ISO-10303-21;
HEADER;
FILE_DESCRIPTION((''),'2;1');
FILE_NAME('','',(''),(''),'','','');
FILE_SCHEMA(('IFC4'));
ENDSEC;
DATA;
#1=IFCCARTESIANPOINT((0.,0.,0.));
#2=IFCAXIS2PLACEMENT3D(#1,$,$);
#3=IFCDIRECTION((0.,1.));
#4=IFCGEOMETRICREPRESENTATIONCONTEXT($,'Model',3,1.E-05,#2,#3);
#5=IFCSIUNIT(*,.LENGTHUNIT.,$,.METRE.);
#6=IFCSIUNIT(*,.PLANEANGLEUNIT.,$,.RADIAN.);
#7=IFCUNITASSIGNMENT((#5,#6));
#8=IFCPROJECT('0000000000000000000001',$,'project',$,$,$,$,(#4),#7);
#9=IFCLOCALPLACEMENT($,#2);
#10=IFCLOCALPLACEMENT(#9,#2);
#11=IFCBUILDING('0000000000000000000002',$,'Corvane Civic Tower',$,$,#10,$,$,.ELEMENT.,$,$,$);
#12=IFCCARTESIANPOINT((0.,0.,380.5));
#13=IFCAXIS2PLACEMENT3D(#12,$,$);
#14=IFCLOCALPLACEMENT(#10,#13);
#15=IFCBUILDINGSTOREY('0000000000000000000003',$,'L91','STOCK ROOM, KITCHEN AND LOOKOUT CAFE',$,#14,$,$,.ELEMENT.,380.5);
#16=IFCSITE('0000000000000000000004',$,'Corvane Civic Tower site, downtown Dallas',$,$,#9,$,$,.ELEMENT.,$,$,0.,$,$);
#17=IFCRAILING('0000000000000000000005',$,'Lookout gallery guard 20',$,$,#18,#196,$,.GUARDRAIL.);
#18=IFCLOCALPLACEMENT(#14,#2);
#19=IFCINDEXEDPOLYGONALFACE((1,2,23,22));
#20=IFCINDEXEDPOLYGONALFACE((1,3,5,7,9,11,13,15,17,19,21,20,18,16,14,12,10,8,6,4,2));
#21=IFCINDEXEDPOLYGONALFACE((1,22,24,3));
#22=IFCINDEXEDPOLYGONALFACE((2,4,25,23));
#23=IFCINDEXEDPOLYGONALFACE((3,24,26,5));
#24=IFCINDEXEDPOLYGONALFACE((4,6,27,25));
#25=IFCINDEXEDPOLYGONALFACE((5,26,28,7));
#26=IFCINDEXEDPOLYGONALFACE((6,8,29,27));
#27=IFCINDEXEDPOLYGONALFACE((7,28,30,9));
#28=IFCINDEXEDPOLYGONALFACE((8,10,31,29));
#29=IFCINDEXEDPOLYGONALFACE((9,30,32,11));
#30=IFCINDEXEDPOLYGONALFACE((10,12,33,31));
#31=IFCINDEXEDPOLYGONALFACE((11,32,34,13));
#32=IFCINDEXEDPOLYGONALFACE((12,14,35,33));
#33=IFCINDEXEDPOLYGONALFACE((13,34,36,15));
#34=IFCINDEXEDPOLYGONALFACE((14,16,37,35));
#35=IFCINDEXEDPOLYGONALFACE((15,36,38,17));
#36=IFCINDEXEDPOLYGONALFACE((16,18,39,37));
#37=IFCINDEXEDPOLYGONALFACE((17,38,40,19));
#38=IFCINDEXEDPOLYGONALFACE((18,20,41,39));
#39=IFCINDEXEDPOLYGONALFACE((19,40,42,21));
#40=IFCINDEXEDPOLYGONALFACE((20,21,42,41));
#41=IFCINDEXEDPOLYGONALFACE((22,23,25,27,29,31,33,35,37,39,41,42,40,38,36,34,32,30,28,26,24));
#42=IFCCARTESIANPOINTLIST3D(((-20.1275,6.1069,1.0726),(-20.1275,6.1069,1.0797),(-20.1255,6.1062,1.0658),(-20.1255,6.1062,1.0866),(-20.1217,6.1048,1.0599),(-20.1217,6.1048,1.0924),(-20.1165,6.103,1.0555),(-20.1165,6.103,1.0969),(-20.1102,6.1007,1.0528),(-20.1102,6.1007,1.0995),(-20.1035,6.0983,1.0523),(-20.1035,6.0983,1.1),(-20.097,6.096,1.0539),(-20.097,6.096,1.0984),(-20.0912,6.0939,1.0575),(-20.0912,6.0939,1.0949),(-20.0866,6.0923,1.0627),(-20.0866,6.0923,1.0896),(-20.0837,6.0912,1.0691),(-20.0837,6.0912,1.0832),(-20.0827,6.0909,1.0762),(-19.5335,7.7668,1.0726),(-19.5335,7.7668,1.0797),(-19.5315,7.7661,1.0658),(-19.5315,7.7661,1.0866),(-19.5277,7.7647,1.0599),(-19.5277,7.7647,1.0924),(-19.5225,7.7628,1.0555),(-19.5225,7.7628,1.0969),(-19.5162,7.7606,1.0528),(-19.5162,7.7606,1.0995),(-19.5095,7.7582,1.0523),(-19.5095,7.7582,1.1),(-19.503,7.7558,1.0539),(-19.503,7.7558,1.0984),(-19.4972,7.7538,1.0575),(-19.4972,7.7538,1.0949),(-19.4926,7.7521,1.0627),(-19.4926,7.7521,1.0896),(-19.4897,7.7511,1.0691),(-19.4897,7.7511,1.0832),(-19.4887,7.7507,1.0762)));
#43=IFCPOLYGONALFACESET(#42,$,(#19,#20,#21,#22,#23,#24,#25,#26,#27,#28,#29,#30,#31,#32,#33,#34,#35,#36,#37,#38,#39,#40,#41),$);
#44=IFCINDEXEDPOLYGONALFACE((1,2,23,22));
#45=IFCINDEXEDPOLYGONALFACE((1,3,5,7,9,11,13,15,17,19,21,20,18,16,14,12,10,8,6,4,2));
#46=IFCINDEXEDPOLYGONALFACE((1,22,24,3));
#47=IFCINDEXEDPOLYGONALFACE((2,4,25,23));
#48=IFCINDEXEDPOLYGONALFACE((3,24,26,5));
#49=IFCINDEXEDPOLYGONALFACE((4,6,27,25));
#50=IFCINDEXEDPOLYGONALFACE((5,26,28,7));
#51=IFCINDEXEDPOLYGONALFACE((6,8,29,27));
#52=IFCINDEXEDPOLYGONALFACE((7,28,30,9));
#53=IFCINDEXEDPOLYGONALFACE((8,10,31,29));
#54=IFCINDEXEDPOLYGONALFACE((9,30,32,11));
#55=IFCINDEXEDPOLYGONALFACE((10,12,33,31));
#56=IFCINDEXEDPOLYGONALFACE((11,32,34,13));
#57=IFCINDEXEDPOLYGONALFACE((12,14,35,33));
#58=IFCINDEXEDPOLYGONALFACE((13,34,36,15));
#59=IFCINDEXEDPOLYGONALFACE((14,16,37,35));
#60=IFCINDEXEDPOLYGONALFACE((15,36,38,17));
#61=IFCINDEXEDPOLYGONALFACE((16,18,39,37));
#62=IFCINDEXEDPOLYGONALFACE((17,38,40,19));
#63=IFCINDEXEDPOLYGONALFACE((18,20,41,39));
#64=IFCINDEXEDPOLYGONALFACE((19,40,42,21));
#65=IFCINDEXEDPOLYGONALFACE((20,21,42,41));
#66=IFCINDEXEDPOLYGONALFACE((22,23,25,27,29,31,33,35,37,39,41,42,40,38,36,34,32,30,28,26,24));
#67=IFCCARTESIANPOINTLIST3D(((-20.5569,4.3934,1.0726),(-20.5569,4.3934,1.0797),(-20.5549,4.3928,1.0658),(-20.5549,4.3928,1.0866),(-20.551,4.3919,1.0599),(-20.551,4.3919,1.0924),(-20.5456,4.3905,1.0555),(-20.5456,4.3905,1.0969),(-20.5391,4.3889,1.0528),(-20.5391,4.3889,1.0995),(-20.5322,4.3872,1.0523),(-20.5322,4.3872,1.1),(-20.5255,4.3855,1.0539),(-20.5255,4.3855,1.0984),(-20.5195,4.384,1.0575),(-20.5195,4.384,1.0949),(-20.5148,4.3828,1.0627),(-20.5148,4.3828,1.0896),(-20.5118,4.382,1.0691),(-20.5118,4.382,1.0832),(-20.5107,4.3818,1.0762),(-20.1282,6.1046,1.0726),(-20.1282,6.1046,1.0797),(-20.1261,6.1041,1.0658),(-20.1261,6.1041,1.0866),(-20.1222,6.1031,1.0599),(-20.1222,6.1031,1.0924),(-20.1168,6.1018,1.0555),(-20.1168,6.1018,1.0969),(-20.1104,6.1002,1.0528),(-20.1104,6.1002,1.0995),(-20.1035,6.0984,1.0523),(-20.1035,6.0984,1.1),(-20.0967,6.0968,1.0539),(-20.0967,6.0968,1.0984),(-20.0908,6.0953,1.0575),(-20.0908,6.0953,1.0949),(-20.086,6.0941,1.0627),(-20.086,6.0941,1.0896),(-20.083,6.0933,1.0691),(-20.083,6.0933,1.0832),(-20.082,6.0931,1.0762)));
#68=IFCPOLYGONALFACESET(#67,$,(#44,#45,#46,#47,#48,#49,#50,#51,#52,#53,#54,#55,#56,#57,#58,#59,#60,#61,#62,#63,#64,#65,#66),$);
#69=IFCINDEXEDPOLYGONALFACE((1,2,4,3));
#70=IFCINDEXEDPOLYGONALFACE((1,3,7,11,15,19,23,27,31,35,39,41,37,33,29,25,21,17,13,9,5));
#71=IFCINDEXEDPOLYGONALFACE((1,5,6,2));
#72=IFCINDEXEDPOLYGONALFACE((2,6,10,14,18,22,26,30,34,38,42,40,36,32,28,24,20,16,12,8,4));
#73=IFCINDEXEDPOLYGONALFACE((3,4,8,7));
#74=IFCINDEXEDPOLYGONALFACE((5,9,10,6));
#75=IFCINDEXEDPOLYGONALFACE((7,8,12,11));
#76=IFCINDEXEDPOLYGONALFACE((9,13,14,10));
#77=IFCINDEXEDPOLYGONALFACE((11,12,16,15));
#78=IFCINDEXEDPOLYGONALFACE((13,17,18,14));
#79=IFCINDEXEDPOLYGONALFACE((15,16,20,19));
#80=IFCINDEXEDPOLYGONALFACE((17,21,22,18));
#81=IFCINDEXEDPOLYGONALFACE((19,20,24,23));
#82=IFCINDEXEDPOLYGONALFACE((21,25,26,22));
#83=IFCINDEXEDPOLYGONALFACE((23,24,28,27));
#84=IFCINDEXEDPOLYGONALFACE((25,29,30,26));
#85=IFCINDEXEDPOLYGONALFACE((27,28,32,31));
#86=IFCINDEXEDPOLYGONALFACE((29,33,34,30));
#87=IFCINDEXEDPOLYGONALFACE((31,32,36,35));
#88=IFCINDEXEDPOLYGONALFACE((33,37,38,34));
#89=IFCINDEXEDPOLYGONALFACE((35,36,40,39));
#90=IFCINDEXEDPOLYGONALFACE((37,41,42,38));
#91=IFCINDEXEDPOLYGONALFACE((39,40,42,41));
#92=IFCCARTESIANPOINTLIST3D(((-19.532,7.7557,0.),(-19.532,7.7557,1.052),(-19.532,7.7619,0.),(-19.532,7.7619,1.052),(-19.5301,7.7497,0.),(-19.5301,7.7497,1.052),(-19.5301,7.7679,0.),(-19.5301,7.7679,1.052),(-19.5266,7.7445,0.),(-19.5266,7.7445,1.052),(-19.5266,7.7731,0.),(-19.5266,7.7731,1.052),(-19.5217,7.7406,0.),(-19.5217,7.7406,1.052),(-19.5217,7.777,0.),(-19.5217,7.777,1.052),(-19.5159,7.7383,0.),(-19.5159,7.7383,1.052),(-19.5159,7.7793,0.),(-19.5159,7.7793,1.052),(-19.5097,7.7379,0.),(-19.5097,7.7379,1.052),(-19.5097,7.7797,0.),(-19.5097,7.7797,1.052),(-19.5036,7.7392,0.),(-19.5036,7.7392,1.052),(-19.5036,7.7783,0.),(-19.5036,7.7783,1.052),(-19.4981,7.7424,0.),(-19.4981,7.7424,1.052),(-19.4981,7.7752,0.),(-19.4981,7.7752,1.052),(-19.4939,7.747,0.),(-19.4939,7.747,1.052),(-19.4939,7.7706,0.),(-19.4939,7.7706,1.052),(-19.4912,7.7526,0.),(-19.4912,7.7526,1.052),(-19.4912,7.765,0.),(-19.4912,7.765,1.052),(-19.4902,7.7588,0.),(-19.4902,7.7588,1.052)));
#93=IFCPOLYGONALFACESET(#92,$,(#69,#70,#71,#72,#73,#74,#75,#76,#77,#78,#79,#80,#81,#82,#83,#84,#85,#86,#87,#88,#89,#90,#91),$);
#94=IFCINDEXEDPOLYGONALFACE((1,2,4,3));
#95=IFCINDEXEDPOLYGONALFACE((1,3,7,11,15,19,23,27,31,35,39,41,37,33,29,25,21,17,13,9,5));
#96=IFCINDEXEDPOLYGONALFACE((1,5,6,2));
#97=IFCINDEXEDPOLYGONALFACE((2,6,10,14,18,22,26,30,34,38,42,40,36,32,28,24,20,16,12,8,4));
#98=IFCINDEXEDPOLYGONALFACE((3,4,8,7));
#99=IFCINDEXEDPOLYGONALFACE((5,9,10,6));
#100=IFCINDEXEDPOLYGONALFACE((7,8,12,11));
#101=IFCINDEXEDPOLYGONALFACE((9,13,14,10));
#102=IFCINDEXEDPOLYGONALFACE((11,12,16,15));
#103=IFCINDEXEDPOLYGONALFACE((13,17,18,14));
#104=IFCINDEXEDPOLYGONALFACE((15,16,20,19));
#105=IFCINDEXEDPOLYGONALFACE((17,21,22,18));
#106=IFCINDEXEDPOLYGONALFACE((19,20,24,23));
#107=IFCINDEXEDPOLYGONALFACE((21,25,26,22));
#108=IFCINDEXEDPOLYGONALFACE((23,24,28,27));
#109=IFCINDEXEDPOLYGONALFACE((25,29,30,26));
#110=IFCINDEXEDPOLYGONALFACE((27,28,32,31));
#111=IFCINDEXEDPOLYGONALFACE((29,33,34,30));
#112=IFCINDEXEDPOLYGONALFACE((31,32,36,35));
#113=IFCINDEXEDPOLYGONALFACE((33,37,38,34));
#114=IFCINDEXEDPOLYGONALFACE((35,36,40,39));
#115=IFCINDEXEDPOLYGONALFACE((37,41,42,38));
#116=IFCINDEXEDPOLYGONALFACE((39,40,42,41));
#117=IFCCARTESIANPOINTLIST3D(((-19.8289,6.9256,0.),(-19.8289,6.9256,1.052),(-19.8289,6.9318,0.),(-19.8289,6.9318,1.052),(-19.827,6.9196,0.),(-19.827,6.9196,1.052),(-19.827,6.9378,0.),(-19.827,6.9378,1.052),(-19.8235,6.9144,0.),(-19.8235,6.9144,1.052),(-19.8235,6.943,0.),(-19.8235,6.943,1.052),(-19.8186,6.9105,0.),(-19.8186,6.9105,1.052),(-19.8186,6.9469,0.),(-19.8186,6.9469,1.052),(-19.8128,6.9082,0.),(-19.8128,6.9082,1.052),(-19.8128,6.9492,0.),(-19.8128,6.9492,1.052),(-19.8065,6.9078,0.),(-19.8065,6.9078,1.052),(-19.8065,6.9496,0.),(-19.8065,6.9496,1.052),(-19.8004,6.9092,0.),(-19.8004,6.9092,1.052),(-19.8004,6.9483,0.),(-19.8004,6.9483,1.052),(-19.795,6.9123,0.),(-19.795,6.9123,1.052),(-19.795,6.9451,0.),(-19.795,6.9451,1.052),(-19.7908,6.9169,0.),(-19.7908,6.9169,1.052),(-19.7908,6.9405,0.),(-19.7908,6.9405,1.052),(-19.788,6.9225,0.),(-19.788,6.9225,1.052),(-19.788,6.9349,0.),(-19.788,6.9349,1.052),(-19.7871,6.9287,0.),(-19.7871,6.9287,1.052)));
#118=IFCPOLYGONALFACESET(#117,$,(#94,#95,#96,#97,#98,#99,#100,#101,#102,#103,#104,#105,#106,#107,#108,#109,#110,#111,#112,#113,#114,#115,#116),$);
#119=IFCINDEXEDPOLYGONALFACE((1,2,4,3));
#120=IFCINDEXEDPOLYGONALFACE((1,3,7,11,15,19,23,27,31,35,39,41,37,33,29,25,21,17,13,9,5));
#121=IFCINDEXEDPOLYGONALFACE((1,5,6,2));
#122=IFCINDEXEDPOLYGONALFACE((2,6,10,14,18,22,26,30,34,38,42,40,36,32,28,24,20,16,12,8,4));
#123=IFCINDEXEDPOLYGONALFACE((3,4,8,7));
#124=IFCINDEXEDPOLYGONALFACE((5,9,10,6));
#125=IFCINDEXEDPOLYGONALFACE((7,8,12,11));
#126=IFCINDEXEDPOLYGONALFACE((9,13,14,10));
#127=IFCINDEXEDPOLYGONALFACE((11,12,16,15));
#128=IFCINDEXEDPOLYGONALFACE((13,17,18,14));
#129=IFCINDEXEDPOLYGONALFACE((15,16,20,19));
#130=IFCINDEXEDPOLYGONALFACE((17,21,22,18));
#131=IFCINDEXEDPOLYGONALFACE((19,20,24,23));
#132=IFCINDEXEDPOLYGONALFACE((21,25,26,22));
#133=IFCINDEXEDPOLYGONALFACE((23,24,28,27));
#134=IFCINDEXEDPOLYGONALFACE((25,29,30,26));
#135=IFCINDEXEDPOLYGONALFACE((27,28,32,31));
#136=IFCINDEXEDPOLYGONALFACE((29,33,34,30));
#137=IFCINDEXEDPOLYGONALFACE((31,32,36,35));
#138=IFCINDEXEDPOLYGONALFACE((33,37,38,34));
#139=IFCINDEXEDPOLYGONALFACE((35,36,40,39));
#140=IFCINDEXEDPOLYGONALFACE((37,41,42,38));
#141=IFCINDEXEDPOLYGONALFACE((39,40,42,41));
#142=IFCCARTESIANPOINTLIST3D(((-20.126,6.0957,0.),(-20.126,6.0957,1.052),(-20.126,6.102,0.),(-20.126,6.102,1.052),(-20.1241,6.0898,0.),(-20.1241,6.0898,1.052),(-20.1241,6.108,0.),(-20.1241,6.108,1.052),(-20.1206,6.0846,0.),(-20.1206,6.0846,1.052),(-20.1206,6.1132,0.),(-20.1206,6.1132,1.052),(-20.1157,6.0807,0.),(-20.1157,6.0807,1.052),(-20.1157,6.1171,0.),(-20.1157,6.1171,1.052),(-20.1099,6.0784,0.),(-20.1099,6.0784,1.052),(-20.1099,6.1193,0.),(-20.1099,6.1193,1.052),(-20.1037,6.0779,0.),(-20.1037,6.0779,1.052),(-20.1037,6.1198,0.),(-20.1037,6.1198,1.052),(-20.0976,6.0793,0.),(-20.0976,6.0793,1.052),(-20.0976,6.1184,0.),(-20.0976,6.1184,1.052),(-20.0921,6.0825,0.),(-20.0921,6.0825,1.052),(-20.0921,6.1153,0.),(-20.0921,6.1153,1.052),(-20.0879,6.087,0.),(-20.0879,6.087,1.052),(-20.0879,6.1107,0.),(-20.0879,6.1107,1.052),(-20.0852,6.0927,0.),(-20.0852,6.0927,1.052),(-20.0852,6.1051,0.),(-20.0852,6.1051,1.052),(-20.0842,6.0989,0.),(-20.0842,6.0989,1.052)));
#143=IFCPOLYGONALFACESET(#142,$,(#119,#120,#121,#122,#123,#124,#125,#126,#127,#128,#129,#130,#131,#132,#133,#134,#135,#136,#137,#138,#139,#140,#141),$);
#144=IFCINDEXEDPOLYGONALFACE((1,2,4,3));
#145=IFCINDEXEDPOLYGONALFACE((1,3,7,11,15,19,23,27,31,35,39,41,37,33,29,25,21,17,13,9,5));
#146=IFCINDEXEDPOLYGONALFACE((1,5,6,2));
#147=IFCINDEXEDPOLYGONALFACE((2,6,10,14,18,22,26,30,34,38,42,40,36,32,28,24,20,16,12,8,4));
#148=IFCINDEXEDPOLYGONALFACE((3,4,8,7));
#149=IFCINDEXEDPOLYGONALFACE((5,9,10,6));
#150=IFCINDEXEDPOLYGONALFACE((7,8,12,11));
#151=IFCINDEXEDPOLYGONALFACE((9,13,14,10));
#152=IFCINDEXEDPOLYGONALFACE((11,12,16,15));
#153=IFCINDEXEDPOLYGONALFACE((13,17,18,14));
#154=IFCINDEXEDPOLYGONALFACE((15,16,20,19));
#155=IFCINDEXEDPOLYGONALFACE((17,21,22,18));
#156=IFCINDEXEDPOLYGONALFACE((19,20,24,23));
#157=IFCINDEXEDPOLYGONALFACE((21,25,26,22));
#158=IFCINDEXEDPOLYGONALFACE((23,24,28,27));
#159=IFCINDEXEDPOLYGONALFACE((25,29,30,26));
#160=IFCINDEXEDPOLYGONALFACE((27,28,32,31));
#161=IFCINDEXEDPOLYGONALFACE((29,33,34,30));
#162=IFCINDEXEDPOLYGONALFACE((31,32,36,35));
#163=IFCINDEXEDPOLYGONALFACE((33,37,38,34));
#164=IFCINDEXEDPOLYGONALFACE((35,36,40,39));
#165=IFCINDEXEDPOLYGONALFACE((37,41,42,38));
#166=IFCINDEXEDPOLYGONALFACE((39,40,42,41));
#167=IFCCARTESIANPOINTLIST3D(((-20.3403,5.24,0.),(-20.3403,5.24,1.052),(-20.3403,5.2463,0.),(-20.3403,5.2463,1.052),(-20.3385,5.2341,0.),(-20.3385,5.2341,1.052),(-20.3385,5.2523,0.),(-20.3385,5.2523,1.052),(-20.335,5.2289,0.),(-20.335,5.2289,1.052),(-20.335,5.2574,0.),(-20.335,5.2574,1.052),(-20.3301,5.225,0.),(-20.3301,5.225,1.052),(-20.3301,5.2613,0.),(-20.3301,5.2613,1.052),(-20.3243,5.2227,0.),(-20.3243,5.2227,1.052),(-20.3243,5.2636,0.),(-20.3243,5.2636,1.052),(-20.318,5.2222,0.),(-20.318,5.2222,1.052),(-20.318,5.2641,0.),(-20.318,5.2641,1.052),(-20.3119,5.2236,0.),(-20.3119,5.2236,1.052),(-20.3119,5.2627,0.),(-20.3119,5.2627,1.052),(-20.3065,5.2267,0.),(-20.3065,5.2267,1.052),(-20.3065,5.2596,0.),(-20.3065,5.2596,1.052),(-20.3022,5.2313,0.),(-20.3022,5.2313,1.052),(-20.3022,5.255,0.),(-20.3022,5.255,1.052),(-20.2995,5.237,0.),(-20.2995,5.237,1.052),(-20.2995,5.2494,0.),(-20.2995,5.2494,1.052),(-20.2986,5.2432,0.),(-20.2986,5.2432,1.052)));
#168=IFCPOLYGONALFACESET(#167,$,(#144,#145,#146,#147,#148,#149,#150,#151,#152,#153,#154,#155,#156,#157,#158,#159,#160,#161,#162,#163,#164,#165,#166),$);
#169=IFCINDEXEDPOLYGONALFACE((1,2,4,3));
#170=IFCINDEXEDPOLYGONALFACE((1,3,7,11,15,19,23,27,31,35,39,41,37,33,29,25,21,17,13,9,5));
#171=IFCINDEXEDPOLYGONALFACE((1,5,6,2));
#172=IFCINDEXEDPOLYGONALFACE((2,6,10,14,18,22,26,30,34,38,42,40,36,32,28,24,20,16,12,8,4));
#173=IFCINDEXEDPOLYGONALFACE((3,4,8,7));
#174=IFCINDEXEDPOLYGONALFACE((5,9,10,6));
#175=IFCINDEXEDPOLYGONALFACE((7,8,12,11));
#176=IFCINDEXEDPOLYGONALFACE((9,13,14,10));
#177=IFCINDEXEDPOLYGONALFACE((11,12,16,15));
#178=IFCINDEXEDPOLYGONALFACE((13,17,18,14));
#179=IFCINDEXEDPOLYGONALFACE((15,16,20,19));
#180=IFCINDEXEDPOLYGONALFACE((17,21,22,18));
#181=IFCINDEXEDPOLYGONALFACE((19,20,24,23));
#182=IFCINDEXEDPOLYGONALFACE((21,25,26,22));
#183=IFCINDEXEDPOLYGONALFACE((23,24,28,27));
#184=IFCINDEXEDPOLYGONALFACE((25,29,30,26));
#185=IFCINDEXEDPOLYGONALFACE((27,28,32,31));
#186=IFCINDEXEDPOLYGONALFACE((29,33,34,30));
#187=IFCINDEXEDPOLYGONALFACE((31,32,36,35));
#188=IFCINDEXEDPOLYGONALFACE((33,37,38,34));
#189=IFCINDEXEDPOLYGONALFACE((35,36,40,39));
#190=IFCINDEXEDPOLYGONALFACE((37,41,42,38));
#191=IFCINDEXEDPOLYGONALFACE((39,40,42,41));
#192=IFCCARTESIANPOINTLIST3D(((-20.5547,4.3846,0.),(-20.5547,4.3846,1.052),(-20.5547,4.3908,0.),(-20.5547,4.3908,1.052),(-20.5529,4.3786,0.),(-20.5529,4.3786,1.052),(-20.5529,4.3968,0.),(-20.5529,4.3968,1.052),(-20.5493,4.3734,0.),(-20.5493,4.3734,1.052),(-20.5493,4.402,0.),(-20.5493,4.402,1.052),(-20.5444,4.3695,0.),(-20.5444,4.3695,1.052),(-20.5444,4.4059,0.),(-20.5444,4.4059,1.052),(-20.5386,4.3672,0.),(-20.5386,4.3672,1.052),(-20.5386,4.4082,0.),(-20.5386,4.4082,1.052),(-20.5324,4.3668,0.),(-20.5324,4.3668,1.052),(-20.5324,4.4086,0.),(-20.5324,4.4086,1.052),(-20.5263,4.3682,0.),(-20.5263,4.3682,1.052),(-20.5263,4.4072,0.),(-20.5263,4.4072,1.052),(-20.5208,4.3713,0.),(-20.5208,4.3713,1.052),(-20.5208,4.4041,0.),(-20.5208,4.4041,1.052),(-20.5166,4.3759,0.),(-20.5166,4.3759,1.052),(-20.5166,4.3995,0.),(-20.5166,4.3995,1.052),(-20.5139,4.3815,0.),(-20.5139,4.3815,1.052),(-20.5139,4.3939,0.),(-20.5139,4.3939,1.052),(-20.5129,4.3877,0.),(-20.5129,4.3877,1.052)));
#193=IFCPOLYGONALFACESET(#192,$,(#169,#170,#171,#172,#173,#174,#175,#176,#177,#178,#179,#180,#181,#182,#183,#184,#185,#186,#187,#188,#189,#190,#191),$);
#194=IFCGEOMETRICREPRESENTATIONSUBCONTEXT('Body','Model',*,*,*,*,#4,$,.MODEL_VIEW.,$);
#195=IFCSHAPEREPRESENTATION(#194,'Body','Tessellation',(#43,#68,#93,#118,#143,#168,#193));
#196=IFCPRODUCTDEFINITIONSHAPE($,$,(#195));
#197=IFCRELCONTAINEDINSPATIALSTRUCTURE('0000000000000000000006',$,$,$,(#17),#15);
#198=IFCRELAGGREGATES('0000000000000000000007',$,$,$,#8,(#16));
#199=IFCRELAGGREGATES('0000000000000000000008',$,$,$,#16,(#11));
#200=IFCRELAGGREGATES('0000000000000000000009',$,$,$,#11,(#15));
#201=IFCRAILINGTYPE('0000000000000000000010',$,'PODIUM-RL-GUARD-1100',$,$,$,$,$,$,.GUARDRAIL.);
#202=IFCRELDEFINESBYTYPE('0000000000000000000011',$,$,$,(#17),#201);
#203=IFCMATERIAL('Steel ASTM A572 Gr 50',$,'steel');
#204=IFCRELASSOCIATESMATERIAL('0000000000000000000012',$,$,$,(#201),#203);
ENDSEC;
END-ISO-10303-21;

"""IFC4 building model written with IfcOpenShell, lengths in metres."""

from ifc_helpers import new_model, si_unit, direction, frame, origin, origin_2d, place, context, subcontext, project, spatial, circle, extrude, material, type_object, element, save


model = new_model("IFC4")

# Units and contexts
model_context = context("Model", 3, precision=1e-05, world=origin(), true_north=direction((0.0, 1.0)))
body_context = subcontext(model_context, "Body", "Model", "MODEL_VIEW")
ifc_project = project(units=[si_unit("LENGTHUNIT", "METRE"), si_unit("PLANEANGLEUNIT", "RADIAN")], contexts=[model_context])

# Site, building, storey
site_placement = place(None, origin())
site = spatial("IfcSite", under=ifc_project, at=site_placement, Name="Corvane Civic Tower site, downtown Dallas", CompositionType="ELEMENT", RefElevation=0.0)
building_placement = place(site_placement, origin())
building = spatial("IfcBuilding", under=site, at=building_placement, Name="Corvane Civic Tower", CompositionType="ELEMENT")
storey_placement = place(building_placement, frame((0.0, 0.0, 380.5)))
storey = spatial("IfcBuildingStorey", under=building, at=storey_placement, Name="L91", Description="STOCK ROOM, KITCHEN AND LOOKOUT CAFE", CompositionType="ELEMENT", Elevation=380.5)

# Railing
ifc_material_1 = material(Name="Steel ASTM A572 Gr 50", Category="steel")
railing_type = type_object("IfcRailingType", Name="PODIUM-RL-GUARD-1100", PredefinedType="GUARDRAIL", material=ifc_material_1)
railing_placement = place(storey_placement, frame((-19.5112, 7.7588, 0.0)))
element("IfcRailing", 1, at=railing_placement, inside=storey, type_object=railing_type, Name="Lookout gallery guard 20", PredefinedType="GUARDRAIL", context=body_context, shape_type="SweptSolid", body=[
    extrude(circle(Radius=0.0239, at=origin_2d()), frame((0.0, 0.0, 1.0762), z_axis=(-0.336924, -0.941532, 0.0), x_axis=(0.941532, -0.336924, 0.0)), (0.0, 0.0, 1.0), 1.7629),
    extrude(circle(Radius=0.0239, at=origin_2d()), frame((-0.594, -1.6599, 1.0762), z_axis=(-0.243024, -0.97002, 0.0), x_axis=(0.97002, -0.243024, 0.0)), (0.0, 0.0, 1.0), 1.7642),
    extrude(circle(Radius=0.021, at=origin_2d()), origin(), (0.0, 0.0, 1.0), 1.052),
    extrude(circle(Radius=0.021, at=origin_2d()), frame((-0.2969, -0.8301, 0.0)), (0.0, 0.0, 1.0), 1.052),
    extrude(circle(Radius=0.021, at=origin_2d()), frame((-0.594, -1.6599, 0.0)), (0.0, 0.0, 1.0), 1.052),
    extrude(circle(Radius=0.021, at=origin_2d()), frame((-0.8083, -2.5156, 0.0)), (0.0, 0.0, 1.0), 1.052),
    extrude(circle(Radius=0.021, at=origin_2d()), frame((-1.0227, -3.3711, 0.0)), (0.0, 0.0, 1.0), 1.052),
])

save(model, "model.ifc")
